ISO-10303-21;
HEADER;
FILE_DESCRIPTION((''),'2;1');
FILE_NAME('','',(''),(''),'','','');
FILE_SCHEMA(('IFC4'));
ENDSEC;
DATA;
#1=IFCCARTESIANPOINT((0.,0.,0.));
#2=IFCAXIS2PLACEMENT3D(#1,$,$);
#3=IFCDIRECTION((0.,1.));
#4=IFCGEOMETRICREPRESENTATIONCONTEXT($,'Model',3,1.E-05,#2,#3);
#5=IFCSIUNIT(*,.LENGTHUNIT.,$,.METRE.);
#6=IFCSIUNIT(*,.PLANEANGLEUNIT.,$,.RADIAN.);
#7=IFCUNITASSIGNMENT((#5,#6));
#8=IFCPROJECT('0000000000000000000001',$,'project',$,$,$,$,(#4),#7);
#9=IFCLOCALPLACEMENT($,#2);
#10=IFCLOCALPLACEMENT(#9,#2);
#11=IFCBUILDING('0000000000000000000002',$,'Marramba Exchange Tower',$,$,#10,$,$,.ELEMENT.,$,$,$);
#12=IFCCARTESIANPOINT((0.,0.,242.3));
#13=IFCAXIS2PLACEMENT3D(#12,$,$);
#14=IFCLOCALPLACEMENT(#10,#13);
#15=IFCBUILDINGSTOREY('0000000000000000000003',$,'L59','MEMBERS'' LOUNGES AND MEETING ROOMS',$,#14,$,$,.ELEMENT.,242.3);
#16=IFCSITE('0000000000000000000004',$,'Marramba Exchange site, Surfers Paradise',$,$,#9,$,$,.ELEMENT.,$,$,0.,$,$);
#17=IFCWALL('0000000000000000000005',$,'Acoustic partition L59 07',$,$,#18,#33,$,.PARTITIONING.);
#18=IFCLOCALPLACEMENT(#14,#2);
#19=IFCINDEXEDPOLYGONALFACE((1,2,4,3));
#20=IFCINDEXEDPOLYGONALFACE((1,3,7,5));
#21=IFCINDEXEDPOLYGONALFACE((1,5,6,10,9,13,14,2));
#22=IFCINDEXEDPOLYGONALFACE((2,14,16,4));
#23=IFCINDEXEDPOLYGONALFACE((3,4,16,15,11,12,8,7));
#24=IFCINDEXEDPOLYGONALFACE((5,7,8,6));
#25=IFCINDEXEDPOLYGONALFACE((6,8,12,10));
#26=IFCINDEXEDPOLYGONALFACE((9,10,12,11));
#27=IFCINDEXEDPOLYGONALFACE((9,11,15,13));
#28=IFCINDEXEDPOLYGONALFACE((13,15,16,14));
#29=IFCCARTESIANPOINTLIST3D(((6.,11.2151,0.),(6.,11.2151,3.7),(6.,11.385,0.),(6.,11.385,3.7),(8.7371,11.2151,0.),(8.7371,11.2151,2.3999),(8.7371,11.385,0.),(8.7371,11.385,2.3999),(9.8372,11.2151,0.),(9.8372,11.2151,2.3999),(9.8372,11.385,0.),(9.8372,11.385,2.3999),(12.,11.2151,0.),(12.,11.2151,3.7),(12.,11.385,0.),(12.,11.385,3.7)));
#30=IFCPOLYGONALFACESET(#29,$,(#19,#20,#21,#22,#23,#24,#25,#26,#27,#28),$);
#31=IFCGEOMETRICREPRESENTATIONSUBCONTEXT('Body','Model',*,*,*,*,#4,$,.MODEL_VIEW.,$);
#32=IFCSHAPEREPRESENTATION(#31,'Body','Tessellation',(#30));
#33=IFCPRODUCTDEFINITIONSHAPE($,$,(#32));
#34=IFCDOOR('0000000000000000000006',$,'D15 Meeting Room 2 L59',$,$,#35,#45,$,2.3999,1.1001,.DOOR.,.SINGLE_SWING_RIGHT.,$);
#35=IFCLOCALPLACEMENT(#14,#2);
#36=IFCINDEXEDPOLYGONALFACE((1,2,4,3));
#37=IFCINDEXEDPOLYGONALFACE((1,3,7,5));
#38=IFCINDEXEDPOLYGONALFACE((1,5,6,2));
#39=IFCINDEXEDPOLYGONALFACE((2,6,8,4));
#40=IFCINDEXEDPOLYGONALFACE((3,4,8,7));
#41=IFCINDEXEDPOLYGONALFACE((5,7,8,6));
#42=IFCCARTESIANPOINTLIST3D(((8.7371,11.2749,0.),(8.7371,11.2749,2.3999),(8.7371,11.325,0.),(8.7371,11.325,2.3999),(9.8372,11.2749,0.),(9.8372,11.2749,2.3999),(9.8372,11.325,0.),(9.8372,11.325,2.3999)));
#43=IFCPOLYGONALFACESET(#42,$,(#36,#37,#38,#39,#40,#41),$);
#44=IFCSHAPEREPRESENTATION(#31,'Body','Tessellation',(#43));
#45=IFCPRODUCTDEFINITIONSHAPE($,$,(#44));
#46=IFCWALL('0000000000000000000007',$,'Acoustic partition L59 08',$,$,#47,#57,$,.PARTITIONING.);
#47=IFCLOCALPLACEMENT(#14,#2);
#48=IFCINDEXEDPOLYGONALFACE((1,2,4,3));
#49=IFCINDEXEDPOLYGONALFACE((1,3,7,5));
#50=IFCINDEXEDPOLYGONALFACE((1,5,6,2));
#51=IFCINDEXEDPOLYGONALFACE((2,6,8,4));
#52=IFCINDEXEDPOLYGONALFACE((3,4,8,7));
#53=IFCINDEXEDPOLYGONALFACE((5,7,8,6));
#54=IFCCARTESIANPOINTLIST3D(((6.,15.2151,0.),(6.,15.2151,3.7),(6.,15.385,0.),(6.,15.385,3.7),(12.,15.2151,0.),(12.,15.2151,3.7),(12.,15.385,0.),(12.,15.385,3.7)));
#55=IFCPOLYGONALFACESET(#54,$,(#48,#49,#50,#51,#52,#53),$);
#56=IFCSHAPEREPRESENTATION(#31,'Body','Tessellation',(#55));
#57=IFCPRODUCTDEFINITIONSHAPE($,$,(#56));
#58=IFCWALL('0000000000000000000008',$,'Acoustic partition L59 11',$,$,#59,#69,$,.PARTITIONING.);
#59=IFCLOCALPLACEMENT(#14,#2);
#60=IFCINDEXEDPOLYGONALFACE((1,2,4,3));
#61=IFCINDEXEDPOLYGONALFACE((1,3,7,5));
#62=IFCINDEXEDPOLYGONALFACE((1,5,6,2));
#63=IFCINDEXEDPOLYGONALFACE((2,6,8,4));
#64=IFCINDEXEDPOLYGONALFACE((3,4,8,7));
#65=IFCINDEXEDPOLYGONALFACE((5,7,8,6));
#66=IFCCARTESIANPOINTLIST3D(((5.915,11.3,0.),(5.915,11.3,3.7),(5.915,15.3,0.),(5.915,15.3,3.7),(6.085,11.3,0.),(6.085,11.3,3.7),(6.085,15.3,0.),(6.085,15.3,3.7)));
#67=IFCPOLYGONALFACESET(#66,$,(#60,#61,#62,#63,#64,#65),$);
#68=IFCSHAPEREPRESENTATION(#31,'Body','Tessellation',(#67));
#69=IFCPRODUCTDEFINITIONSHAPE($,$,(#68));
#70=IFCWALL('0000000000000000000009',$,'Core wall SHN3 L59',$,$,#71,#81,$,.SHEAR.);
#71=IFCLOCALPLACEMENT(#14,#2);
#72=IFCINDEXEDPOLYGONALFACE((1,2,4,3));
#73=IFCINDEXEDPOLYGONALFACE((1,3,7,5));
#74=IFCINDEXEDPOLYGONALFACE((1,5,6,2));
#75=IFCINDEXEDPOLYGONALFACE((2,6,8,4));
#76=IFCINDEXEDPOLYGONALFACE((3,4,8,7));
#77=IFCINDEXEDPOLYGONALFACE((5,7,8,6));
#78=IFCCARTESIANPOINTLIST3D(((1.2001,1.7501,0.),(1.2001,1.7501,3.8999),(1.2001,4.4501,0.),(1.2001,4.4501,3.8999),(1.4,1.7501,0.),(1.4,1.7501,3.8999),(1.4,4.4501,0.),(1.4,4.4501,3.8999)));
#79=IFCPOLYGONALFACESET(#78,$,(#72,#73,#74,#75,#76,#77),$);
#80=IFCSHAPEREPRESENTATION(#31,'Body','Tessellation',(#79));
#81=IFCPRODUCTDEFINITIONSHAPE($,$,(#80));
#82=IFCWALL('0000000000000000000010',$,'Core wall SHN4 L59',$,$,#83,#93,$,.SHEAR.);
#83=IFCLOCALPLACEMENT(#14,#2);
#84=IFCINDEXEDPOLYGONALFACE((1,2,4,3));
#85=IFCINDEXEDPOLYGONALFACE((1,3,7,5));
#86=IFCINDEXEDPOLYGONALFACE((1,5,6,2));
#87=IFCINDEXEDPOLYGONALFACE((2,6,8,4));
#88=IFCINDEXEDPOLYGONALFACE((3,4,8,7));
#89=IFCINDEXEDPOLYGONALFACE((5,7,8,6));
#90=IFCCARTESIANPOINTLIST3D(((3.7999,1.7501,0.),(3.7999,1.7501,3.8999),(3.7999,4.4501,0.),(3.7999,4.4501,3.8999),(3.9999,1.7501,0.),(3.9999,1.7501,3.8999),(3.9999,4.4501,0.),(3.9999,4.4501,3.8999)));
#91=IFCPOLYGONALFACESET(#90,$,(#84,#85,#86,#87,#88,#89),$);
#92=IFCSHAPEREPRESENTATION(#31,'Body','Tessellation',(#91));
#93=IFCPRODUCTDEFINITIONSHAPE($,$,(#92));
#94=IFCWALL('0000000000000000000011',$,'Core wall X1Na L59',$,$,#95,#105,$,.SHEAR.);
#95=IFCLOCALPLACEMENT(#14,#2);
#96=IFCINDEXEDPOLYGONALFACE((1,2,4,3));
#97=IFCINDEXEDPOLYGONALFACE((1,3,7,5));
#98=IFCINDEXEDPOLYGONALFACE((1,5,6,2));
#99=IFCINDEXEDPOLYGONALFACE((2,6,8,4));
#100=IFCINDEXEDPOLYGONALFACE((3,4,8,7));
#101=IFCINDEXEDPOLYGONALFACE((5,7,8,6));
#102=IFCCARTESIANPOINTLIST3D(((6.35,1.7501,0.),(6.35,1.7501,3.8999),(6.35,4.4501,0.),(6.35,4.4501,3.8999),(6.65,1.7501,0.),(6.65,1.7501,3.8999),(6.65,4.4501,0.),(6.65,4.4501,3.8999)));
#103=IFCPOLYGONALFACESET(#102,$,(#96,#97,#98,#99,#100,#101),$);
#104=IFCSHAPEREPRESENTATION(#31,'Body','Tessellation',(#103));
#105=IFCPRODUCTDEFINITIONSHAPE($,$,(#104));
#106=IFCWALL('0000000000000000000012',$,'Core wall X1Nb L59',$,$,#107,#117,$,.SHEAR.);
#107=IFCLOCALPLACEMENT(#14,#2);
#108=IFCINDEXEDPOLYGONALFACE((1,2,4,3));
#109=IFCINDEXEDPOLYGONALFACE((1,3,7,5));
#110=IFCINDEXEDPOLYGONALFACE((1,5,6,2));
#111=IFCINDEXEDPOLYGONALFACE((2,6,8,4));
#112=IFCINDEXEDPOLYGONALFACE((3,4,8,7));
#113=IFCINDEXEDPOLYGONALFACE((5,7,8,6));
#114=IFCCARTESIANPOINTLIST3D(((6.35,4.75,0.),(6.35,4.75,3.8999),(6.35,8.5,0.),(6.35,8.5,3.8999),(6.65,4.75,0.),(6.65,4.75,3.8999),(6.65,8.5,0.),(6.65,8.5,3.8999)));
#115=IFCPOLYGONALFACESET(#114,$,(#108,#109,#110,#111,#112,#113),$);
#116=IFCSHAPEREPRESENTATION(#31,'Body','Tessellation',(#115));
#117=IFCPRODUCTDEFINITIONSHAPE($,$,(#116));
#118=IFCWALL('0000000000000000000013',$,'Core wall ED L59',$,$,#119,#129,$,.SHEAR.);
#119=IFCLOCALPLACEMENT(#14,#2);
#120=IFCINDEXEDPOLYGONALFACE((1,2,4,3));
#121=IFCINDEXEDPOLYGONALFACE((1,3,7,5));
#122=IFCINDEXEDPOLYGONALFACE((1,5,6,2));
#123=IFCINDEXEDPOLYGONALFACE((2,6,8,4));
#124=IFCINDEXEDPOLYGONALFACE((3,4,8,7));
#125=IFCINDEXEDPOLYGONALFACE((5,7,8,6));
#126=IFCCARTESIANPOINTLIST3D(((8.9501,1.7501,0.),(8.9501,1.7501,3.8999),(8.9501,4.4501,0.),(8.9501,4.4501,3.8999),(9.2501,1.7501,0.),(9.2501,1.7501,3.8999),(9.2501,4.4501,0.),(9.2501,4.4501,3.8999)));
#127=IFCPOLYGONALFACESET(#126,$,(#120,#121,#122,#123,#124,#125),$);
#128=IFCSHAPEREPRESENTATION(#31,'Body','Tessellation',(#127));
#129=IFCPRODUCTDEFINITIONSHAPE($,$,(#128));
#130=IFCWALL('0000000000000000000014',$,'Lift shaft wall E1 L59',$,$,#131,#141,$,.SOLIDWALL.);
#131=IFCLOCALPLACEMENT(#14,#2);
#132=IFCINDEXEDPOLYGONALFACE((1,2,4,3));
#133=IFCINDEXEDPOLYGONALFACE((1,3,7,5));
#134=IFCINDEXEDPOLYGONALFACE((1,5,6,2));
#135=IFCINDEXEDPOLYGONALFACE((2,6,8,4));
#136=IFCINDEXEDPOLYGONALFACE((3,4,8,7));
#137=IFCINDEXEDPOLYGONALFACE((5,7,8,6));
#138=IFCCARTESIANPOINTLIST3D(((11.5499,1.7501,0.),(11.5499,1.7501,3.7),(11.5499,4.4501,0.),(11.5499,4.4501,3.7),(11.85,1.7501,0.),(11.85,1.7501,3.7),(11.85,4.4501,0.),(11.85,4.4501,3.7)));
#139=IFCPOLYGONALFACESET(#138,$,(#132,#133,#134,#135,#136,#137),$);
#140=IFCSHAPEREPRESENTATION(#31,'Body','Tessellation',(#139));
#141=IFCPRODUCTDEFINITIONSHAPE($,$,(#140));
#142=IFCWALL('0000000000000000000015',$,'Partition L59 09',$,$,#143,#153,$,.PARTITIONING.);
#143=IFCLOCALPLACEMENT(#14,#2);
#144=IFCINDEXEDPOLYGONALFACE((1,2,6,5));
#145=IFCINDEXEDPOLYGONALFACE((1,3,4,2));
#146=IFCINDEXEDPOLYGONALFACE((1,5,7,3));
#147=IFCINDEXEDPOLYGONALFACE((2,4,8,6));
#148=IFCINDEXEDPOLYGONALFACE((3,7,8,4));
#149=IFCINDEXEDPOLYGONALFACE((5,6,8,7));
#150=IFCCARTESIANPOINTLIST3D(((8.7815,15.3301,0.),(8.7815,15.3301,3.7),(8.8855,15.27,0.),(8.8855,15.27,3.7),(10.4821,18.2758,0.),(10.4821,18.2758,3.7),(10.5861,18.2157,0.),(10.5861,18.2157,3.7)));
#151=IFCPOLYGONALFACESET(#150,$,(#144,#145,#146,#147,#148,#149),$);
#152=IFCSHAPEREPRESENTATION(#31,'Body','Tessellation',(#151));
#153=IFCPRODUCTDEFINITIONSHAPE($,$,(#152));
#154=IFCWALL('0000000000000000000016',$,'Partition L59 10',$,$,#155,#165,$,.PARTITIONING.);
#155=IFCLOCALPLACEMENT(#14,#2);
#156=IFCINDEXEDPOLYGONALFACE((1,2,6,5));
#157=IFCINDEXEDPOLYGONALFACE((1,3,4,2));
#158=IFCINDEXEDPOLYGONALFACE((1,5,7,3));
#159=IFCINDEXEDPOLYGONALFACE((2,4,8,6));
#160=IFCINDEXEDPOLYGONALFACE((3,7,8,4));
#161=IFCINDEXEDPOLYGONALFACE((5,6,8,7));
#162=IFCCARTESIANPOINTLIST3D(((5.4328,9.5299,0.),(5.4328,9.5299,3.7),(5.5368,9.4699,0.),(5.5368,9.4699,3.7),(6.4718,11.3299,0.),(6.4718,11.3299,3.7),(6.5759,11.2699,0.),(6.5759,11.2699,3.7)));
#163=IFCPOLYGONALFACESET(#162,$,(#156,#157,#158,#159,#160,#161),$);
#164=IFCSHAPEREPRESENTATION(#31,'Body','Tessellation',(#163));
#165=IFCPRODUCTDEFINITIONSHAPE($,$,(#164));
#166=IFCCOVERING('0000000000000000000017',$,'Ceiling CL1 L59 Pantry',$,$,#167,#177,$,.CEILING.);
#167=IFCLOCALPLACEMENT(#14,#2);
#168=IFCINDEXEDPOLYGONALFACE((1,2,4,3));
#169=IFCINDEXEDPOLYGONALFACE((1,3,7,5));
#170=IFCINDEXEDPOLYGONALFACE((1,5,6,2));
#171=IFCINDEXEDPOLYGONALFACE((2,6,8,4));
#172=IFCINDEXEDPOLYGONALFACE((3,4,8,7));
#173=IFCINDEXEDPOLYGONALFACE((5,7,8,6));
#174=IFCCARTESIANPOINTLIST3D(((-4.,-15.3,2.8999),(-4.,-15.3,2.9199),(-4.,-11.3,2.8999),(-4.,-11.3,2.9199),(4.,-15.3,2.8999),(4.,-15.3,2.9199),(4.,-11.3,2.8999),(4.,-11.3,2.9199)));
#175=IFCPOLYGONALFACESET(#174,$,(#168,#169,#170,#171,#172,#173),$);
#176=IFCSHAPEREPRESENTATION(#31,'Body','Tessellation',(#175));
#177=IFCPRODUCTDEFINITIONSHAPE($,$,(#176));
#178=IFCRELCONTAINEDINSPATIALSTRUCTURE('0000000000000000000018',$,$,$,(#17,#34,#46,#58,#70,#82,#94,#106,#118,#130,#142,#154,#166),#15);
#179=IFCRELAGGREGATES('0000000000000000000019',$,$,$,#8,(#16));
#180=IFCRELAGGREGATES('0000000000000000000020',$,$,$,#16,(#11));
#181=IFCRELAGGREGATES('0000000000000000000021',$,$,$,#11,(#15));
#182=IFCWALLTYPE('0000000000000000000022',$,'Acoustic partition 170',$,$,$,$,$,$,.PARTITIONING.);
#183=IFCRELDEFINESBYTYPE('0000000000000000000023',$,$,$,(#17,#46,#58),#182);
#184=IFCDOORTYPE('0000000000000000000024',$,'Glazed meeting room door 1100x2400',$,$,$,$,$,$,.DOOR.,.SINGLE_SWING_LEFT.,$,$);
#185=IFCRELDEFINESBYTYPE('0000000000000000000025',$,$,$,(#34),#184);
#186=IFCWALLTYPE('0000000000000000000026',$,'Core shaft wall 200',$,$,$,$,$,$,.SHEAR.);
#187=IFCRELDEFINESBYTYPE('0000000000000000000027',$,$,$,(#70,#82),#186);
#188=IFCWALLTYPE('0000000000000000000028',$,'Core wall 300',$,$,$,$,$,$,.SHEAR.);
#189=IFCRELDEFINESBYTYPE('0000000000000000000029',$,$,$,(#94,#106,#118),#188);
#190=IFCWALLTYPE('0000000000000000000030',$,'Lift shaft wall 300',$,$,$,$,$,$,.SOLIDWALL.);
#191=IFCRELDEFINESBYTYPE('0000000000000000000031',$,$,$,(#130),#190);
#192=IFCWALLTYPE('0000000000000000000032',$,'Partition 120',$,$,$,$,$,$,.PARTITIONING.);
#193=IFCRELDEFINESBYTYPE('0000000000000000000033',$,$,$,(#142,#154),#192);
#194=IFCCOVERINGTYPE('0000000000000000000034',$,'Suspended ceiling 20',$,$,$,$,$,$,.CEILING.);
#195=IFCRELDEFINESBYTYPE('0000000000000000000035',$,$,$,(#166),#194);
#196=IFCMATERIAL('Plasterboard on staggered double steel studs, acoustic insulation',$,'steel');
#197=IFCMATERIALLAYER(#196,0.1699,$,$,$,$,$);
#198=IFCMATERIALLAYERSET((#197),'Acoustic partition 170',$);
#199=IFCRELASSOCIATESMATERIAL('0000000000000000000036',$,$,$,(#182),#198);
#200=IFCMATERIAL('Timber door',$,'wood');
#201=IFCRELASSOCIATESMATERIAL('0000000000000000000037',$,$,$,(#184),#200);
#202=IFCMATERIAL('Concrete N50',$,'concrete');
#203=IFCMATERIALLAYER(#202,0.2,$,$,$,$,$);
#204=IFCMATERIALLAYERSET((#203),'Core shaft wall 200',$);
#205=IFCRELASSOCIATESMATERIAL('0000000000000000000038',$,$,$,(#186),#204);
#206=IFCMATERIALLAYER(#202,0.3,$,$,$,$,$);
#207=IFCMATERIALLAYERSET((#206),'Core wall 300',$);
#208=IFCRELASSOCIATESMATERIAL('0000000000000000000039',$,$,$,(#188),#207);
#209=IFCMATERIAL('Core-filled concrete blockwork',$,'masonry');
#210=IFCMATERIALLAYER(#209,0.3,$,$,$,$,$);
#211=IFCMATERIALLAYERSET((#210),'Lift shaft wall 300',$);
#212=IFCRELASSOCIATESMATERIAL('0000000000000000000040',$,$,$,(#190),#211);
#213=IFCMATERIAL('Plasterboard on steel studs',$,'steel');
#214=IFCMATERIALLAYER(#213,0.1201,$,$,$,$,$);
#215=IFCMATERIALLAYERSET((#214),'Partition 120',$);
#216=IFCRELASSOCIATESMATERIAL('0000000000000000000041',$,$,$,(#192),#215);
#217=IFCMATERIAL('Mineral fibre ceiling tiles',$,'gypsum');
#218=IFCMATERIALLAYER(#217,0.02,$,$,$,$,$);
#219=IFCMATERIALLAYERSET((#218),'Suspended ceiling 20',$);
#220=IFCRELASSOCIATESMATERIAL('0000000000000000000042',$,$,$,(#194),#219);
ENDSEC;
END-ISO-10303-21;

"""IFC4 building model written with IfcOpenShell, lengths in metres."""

from ifc_helpers import new_model, si_unit, direction, frame, frame_2d, origin, place, context, subcontext, project, spatial, polyline, rectangle, outline, extrude, material, layer, layer_set, type_object, element, fill, save


model = new_model("IFC4")

# Units and contexts
model_context = context("Model", 3, precision=1e-05, world=origin(), true_north=direction((0.0, 1.0)))
body_context = subcontext(model_context, "Body", "Model", "MODEL_VIEW")
ifc_project = project(units=[si_unit("LENGTHUNIT", "METRE"), si_unit("PLANEANGLEUNIT", "RADIAN")], contexts=[model_context])

# Site, building, storey
site_placement = place(None, origin())
site = spatial("IfcSite", under=ifc_project, at=site_placement, Name="Marramba Exchange site, Surfers Paradise", CompositionType="ELEMENT", RefElevation=0.0)
building_placement = place(site_placement, origin())
building = spatial("IfcBuilding", under=site, at=building_placement, Name="Marramba Exchange Tower", CompositionType="ELEMENT")
storey_placement = place(building_placement, frame((0.0, 0.0, 242.3)))
storey = spatial("IfcBuildingStorey", under=building, at=storey_placement, Name="L59", Description="MEMBERS' LOUNGES AND MEETING ROOMS", CompositionType="ELEMENT", Elevation=242.3)

# Shared definitions
ifc_material_1 = material(Name="Plasterboard on staggered double steel studs, acoustic insulation", Category="steel")
ifc_layer_1 = layer(ifc_material_1, 0.1699)
ifc_layer_set_1 = layer_set([ifc_layer_1], Name="Acoustic partition 170")
wall_type_1 = type_object("IfcWallType", Name="Acoustic partition 170", PredefinedType="PARTITIONING", material=ifc_layer_set_1)

# Wall, opening, door
wall_1_placement = place(storey_placement, frame((6.0, 11.3, 0.0), z_axis=(0.0, 0.0, 1.0), x_axis=(1.0, 0.0, 0.0)))
wall_1 = element("IfcWall", 1, at=wall_1_placement, inside=storey, type_object=wall_type_1, Name="Acoustic partition L59 07", PredefinedType="PARTITIONING", context=body_context, shape_type="SweptSolid", body=[
    extrude(rectangle(XDim=6.0, YDim=0.1699, at=frame_2d((3.0, 0.0))), origin(), (0.0, 0.0, 1.0), 3.7),
])
opening_placement = place(wall_1_placement, frame((2.7371, 0.0, 0.0)))
opening = element("IfcOpeningElement", 2, at=opening_placement, cuts=wall_1, PredefinedType="OPENING", context=body_context, shape_type="SweptSolid", body=[
    extrude(rectangle(XDim=1.1001, YDim=2.3999, at=frame_2d((0.55, 1.2))), frame((0.0, 0.095, 0.0), z_axis=(0.0, -1.0, 0.0), x_axis=(1.0, 0.0, 0.0)), (0.0, 0.0, 1.0), 0.1899),
])
ifc_material_2 = material(Name="Timber door", Category="wood")
door_type = type_object("IfcDoorType", Name="Glazed meeting room door 1100x2400", OperationType="SINGLE_SWING_LEFT", PredefinedType="DOOR", material=ifc_material_2)
door_placement = place(opening_placement, origin())
door = element("IfcDoor", 3, at=door_placement, inside=storey, type_object=door_type, Name="D15 Meeting Room 2 L59", OperationType="SINGLE_SWING_RIGHT", OverallHeight=2.3999, OverallWidth=1.1001, PredefinedType="DOOR", context=body_context, shape_type="SweptSolid", body=[
    extrude(rectangle(XDim=1.1001, YDim=2.3999, at=frame_2d((0.55, 1.2))), frame((0.0, 0.0249, 0.0), z_axis=(0.0, -1.0, 0.0), x_axis=(1.0, 0.0, 0.0)), (0.0, 0.0, 1.0), 0.05),
])
fill(opening, door)

# Walls
wall_2_placement = place(storey_placement, frame((12.0, 15.3, 0.0), z_axis=(0.0, 0.0, 1.0), x_axis=(-1.0, 0.0, 0.0)))
element("IfcWall", 4, at=wall_2_placement, inside=storey, type_object=wall_type_1, Name="Acoustic partition L59 08", PredefinedType="PARTITIONING", context=body_context, shape_type="SweptSolid", body=[
    extrude(rectangle(XDim=6.0, YDim=0.1699, at=frame_2d((3.0, 0.0))), origin(), (0.0, 0.0, 1.0), 3.7),
])
wall_3_placement = place(storey_placement, frame((6.0, 15.3, 0.0), z_axis=(0.0, 0.0, 1.0), x_axis=(0.0, -1.0, 0.0)))
element("IfcWall", 5, at=wall_3_placement, inside=storey, type_object=wall_type_1, Name="Acoustic partition L59 11", PredefinedType="PARTITIONING", context=body_context, shape_type="SweptSolid", body=[
    extrude(rectangle(XDim=4.0, YDim=0.1699, at=frame_2d((2.0, 0.0))), origin(), (0.0, 0.0, 1.0), 3.7),
])
ifc_material_3 = material(Name="Concrete N50", Category="concrete")
ifc_layer_2 = layer(ifc_material_3, 0.2)
ifc_layer_set_2 = layer_set([ifc_layer_2], Name="Core shaft wall 200")
wall_type_2 = type_object("IfcWallType", Name="Core shaft wall 200", PredefinedType="SHEAR", material=ifc_layer_set_2)
for number, where, z_axis, x_axis, name in (
    (6, (1.3, 1.75, 0.0), (0.0, 0.0, 1.0), (0.0, 1.0, 0.0), "Core wall SHN3 L59"),
    (7, (3.8999, 1.75, 0.0), (0.0, 0.0, 1.0), (0.0, 1.0, 0.0), "Core wall SHN4 L59"),
):
    element("IfcWall", number, at=place(storey_placement, frame(where, z_axis=z_axis, x_axis=x_axis)), inside=storey, type_object=wall_type_2, Name=name, PredefinedType="SHEAR", context=body_context, shape_type="SweptSolid", body=[
        extrude(rectangle(XDim=2.7, YDim=0.2, at=frame_2d((1.3501, 0.0))), origin(), (0.0, 0.0, 1.0), 3.8999),
    ])
ifc_layer_3 = layer(ifc_material_3, 0.3)
ifc_layer_set_3 = layer_set([ifc_layer_3], Name="Core wall 300")
wall_type_3 = type_object("IfcWallType", Name="Core wall 300", PredefinedType="SHEAR", material=ifc_layer_set_3)
wall_4_placement = place(storey_placement, frame((6.5, 1.75, 0.0), z_axis=(0.0, 0.0, 1.0), x_axis=(0.0, 1.0, 0.0)))
element("IfcWall", 8, at=wall_4_placement, inside=storey, type_object=wall_type_3, Name="Core wall X1Na L59", PredefinedType="SHEAR", context=body_context, shape_type="SweptSolid", body=[
    extrude(rectangle(XDim=2.7, YDim=0.3, at=frame_2d((1.3501, 0.0))), origin(), (0.0, 0.0, 1.0), 3.8999),
])
wall_5_placement = place(storey_placement, frame((6.5, 4.75, 0.0), z_axis=(0.0, 0.0, 1.0), x_axis=(0.0, 1.0, 0.0)))
element("IfcWall", 9, at=wall_5_placement, inside=storey, type_object=wall_type_3, Name="Core wall X1Nb L59", PredefinedType="SHEAR", context=body_context, shape_type="SweptSolid", body=[
    extrude(rectangle(XDim=3.75, YDim=0.3, at=frame_2d((1.875, 0.0))), origin(), (0.0, 0.0, 1.0), 3.8999),
])
wall_6_placement = place(storey_placement, frame((9.1001, 1.75, 0.0), z_axis=(0.0, 0.0, 1.0), x_axis=(0.0, 1.0, 0.0)))
element("IfcWall", 10, at=wall_6_placement, inside=storey, type_object=wall_type_3, Name="Core wall ED L59", PredefinedType="SHEAR", context=body_context, shape_type="SweptSolid", body=[
    extrude(rectangle(XDim=2.7, YDim=0.3, at=frame_2d((1.3501, 0.0))), origin(), (0.0, 0.0, 1.0), 3.8999),
])
ifc_material_4 = material(Name="Core-filled concrete blockwork", Category="masonry")
ifc_layer_4 = layer(ifc_material_4, 0.3)
ifc_layer_set_4 = layer_set([ifc_layer_4], Name="Lift shaft wall 300")
wall_type_4 = type_object("IfcWallType", Name="Lift shaft wall 300", PredefinedType="SOLIDWALL", material=ifc_layer_set_4)
wall_7_placement = place(storey_placement, frame((11.7, 1.75, 0.0), z_axis=(0.0, 0.0, 1.0), x_axis=(0.0, 1.0, 0.0)))
element("IfcWall", 11, at=wall_7_placement, inside=storey, type_object=wall_type_4, Name="Lift shaft wall E1 L59", PredefinedType="SOLIDWALL", context=body_context, shape_type="SweptSolid", body=[
    extrude(rectangle(XDim=2.7, YDim=0.3, at=frame_2d((1.3501, 0.0))), origin(), (0.0, 0.0, 1.0), 3.7),
])
ifc_material_5 = material(Name="Plasterboard on steel studs", Category="steel")
ifc_layer_5 = layer(ifc_material_5, 0.1201)
ifc_layer_set_5 = layer_set([ifc_layer_5], Name="Partition 120")
wall_type_5 = type_object("IfcWallType", Name="Partition 120", PredefinedType="PARTITIONING", material=ifc_layer_set_5)
wall_8_placement = place(storey_placement, frame((8.8335, 15.3, 0.0), z_axis=(0.0, 0.0, 1.0), x_axis=(0.499983, 0.866035, 0.0)))
element("IfcWall", 12, at=wall_8_placement, inside=storey, type_object=wall_type_5, Name="Partition L59 09", PredefinedType="PARTITIONING", context=body_context, shape_type="SweptSolid", body=[
    extrude(rectangle(XDim=3.4014, YDim=0.1201, at=frame_2d((1.7007, 0.0))), origin(), (0.0, 0.0, 1.0), 3.7),
])
wall_9_placement = place(storey_placement, frame((5.4849, 9.5, 0.0), z_axis=(0.0, 0.0, 1.0), x_axis=(0.499929, 0.866066, 0.0)))
element("IfcWall", 13, at=wall_9_placement, inside=storey, type_object=wall_type_5, Name="Partition L59 10", PredefinedType="PARTITIONING", context=body_context, shape_type="SweptSolid", body=[
    extrude(rectangle(XDim=2.0784, YDim=0.1201, at=frame_2d((1.0391, 0.0))), origin(), (0.0, 0.0, 1.0), 3.7),
])

# Covering
ifc_material_6 = material(Name="Mineral fibre ceiling tiles", Category="gypsum")
ifc_layer_6 = layer(ifc_material_6, 0.02)
ifc_layer_set_6 = layer_set([ifc_layer_6], Name="Suspended ceiling 20")
covering_type = type_object("IfcCoveringType", Name="Suspended ceiling 20", PredefinedType="CEILING", material=ifc_layer_set_6)
covering_placement = place(storey_placement, frame((0.0, 0.0, 2.8999)))
element("IfcCovering", 14, at=covering_placement, inside=storey, type_object=covering_type, Name="Ceiling CL1 L59 Pantry", PredefinedType="CEILING", context=body_context, shape_type="SweptSolid", body=[
    extrude(outline(polyline([(4.0, -15.3), (-4.0, -15.3), (-4.0, -11.3), (4.0, -11.3), (4.0, -15.3)])), origin(), (0.0, 0.0, 1.0), 0.02),
])

save(model, "model.ifc")
